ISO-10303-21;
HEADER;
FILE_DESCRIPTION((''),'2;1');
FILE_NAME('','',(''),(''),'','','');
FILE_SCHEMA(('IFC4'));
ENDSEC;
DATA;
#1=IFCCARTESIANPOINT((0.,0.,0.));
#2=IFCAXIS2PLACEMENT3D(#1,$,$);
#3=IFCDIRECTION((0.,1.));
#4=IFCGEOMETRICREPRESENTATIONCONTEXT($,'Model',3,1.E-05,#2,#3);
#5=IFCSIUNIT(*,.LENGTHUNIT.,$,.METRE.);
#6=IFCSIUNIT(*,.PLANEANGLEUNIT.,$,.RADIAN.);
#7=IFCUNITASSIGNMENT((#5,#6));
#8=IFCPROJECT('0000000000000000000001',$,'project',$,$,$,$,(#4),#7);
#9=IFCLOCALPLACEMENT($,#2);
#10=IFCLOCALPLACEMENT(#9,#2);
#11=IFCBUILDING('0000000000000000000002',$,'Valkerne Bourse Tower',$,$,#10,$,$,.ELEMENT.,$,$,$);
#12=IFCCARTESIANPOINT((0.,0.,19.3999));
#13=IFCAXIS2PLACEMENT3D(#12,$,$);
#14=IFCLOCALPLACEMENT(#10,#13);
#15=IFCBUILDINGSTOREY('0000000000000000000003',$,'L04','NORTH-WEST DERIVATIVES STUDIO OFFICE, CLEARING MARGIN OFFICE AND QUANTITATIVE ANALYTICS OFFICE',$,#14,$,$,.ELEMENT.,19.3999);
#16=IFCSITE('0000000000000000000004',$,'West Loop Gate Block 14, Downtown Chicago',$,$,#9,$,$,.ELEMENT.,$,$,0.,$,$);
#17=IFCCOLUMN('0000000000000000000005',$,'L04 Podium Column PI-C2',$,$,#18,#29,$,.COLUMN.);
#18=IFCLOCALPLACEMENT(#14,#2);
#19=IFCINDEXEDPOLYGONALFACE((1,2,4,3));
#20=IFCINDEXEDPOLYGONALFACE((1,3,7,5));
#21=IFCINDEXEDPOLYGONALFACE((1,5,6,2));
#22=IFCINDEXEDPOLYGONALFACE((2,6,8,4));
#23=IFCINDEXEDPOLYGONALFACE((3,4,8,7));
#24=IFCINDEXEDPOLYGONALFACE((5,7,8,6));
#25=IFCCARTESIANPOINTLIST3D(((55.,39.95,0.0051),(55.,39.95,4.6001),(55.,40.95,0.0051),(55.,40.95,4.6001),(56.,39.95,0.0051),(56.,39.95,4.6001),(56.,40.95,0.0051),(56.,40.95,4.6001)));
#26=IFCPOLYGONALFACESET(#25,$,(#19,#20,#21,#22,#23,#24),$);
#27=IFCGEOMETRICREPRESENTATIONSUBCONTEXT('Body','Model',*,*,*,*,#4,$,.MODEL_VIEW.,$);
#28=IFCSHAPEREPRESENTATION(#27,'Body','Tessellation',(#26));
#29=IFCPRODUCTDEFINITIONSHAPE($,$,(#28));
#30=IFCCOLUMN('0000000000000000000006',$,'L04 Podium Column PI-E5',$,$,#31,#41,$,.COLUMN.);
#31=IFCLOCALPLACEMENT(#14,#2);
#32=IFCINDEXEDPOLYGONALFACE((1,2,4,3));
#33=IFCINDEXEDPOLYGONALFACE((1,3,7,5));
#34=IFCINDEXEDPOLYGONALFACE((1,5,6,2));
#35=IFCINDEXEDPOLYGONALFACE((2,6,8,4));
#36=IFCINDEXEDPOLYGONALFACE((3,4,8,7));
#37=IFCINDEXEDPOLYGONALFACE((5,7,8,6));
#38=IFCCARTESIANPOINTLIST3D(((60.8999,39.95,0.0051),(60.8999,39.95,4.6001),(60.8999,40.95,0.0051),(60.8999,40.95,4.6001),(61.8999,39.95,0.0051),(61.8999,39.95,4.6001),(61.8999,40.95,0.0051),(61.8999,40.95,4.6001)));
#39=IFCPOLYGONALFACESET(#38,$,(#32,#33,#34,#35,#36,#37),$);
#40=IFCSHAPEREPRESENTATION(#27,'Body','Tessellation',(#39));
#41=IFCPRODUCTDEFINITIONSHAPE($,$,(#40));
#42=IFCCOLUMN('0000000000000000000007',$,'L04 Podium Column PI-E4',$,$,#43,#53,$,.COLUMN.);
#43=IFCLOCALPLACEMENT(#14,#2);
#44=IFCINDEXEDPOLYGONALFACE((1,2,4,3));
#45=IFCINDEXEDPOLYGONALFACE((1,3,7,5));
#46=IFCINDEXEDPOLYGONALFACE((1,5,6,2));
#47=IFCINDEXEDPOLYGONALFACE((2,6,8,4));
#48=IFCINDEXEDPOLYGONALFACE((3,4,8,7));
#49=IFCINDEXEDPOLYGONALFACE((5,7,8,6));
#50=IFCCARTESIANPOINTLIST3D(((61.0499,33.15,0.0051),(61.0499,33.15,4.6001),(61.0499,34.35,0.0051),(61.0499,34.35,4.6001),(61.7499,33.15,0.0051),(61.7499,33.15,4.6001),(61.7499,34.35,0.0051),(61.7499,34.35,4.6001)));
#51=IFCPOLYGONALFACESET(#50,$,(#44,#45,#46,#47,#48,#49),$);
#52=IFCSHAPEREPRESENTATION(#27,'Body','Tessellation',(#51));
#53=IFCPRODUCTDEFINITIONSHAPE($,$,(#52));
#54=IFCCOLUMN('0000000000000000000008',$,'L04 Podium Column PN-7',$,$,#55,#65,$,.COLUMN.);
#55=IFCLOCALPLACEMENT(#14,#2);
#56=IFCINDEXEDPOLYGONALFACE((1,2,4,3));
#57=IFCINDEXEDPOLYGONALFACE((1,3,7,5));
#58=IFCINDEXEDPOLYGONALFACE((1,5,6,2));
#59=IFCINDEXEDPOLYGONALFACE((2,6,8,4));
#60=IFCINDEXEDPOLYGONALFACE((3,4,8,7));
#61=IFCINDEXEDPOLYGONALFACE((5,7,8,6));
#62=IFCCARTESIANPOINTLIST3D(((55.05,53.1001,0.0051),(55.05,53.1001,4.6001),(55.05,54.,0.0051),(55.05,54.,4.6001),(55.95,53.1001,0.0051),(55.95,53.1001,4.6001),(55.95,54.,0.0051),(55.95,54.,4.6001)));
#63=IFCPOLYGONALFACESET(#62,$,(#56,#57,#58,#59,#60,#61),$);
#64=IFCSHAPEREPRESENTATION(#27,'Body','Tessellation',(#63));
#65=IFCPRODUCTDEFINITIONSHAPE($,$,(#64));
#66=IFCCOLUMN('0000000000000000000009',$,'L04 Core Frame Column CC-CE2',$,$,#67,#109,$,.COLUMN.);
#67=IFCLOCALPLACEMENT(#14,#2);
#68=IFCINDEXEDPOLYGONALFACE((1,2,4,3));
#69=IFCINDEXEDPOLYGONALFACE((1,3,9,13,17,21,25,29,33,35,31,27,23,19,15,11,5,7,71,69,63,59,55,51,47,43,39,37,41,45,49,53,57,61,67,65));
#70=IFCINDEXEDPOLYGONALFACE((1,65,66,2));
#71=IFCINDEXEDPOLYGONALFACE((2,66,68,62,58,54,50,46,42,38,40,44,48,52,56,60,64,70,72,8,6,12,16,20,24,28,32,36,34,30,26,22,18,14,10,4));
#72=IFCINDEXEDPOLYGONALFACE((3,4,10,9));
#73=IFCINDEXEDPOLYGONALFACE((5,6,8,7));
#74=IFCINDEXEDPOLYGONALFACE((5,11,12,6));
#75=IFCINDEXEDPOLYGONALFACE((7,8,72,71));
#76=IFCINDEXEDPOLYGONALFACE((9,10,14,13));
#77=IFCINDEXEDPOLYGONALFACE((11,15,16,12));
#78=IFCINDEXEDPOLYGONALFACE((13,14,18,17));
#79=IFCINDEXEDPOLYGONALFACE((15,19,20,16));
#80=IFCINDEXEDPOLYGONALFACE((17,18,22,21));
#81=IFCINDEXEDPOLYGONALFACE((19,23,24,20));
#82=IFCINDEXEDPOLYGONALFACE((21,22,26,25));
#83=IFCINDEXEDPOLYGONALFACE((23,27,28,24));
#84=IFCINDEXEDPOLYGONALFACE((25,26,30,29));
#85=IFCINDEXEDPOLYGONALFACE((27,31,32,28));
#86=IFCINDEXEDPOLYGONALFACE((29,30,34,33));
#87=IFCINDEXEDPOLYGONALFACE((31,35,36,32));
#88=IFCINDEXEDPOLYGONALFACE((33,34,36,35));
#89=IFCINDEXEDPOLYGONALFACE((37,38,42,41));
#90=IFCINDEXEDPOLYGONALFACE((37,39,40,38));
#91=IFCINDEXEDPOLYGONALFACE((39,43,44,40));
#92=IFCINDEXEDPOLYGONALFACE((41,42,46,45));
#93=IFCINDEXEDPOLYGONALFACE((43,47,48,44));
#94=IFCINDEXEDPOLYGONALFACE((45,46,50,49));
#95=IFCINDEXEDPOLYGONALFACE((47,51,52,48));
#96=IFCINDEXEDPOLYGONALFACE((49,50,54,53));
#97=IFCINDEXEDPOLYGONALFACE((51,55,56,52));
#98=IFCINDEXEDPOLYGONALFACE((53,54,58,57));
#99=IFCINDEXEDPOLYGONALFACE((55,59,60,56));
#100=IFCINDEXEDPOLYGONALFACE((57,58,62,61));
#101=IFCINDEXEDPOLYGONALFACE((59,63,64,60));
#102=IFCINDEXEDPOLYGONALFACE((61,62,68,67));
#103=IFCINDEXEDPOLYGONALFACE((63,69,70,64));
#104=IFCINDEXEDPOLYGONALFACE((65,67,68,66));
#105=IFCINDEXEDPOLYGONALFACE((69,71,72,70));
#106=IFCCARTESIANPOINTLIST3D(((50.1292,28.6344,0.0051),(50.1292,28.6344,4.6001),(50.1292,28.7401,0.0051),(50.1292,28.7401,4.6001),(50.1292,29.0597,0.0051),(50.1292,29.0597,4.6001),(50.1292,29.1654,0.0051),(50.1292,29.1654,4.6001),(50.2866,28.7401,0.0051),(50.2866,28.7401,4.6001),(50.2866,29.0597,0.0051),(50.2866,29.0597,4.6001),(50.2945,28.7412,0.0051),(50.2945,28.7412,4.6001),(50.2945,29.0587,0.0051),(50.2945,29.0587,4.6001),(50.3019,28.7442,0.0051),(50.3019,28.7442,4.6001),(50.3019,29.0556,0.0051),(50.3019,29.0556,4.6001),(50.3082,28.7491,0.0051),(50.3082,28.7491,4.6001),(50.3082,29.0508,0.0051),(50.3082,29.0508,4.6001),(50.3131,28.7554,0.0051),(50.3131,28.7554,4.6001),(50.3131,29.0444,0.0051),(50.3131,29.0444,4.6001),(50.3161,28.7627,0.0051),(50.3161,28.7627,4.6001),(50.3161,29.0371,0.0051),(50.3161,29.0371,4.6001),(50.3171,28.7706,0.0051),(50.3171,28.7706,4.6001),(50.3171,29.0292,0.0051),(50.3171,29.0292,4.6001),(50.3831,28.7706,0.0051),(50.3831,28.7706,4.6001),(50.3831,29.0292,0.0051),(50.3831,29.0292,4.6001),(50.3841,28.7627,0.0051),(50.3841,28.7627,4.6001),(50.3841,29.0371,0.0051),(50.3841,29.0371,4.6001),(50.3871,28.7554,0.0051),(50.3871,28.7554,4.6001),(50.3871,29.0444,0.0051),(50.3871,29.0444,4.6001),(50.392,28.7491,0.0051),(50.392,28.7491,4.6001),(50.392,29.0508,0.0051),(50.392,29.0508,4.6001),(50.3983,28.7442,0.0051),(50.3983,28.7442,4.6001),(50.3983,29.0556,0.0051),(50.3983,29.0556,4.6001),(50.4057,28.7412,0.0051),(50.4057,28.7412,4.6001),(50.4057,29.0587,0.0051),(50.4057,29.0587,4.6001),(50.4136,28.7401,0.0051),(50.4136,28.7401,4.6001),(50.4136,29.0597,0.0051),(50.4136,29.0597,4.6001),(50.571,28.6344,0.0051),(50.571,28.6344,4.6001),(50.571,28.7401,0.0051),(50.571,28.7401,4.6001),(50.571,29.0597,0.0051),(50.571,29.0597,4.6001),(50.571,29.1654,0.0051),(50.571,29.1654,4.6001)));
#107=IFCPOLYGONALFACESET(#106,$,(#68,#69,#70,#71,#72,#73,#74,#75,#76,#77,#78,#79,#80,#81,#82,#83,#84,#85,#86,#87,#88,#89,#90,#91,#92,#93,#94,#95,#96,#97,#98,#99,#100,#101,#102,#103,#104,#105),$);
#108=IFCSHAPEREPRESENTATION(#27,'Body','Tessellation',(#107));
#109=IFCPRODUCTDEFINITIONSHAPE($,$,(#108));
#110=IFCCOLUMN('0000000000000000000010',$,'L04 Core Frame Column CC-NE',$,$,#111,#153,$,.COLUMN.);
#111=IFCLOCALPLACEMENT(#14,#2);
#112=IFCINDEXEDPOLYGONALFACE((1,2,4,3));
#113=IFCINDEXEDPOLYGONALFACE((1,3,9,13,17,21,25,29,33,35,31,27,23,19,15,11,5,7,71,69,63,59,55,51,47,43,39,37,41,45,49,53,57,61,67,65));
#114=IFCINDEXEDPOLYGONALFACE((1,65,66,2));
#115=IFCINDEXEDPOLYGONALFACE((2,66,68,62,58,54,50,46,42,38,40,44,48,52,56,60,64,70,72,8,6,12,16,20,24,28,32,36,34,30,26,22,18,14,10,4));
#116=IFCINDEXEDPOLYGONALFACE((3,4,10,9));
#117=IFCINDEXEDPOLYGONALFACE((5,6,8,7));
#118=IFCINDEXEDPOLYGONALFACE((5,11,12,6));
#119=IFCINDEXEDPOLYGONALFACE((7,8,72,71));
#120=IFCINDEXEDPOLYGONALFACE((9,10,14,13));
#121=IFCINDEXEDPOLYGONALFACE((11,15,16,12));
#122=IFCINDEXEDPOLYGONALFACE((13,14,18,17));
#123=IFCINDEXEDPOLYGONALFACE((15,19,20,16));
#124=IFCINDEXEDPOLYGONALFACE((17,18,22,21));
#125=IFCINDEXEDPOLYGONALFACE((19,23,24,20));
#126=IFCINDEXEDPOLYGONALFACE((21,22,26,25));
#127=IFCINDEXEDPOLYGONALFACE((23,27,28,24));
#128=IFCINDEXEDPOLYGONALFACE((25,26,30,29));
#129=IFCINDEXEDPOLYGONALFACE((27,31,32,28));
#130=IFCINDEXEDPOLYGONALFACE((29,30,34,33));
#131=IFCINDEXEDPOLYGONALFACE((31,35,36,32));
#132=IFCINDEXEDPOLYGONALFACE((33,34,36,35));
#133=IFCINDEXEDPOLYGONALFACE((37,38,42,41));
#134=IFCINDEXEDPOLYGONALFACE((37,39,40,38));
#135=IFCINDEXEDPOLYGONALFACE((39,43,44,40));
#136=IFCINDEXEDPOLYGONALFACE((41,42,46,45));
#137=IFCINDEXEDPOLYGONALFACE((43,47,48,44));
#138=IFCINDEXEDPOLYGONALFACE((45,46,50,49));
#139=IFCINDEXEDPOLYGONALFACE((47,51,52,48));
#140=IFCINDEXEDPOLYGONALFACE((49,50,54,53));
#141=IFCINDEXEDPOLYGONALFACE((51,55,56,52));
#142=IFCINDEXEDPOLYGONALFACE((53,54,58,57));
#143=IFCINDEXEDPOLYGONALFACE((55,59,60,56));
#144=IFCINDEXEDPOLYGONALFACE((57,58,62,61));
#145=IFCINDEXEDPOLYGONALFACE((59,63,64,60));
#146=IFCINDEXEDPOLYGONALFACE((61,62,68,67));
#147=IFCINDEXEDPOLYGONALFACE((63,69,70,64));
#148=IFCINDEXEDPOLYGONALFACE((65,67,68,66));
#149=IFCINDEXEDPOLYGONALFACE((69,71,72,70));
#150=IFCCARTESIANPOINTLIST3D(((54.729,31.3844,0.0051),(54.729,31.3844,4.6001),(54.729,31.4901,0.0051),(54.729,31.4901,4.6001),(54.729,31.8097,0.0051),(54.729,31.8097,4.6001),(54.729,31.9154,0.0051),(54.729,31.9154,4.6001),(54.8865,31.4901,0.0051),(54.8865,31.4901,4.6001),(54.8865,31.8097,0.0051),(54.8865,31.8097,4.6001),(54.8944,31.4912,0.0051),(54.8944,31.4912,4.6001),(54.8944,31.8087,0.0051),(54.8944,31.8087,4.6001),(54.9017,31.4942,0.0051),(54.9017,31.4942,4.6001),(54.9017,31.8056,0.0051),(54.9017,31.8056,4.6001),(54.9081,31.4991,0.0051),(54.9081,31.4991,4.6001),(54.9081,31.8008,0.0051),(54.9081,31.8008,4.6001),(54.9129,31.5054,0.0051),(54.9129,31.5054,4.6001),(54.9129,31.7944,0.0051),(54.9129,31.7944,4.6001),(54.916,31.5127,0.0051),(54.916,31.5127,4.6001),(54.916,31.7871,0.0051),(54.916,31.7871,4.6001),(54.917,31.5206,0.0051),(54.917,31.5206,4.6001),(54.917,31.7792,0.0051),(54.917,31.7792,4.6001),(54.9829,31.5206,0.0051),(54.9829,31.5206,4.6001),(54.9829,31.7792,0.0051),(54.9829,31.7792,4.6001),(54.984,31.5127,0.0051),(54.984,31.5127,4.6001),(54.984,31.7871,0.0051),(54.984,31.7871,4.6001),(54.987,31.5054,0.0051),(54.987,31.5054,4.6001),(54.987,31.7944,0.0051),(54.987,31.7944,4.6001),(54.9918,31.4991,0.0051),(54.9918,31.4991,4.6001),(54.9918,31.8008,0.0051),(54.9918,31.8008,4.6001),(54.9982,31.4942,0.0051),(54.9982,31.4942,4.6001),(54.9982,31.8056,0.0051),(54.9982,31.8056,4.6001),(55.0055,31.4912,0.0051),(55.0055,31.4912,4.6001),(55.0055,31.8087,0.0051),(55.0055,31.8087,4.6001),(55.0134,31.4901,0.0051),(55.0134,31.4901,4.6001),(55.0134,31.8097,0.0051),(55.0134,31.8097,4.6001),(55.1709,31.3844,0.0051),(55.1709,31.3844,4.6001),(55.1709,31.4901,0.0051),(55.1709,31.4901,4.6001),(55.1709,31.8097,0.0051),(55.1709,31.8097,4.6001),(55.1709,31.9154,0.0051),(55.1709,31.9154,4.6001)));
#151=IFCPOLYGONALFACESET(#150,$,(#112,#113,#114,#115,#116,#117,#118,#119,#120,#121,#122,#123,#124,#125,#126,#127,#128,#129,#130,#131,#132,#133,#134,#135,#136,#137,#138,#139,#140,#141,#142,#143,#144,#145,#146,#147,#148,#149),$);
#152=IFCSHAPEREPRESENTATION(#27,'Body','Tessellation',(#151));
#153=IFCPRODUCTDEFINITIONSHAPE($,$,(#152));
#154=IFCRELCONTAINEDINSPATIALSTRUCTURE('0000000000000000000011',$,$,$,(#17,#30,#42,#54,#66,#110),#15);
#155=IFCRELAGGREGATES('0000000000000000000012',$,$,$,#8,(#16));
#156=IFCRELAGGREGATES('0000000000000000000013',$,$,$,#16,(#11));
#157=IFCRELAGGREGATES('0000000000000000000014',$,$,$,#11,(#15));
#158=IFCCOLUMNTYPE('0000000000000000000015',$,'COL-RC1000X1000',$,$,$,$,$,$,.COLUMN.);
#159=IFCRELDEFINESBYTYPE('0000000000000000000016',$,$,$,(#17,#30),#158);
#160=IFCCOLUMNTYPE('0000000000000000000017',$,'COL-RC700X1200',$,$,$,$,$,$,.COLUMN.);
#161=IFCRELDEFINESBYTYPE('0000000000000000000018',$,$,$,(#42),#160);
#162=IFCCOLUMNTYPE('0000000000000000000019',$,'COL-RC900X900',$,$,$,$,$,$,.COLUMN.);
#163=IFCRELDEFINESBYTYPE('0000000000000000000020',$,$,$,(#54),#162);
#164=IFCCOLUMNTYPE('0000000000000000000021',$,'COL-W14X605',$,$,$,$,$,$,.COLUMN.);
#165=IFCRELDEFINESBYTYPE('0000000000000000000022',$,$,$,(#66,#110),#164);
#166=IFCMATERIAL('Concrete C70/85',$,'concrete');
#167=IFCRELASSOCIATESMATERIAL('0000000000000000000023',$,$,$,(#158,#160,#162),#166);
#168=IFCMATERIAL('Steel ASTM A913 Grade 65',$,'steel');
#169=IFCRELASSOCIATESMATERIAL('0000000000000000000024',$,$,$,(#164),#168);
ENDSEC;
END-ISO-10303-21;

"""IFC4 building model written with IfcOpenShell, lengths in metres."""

from ifc_helpers import new_model, si_unit, direction, frame, origin, origin_2d, place, context, subcontext, project, spatial, rectangle, i_section, extrude, material, material_profile, profile_set, type_object, element, save


model = new_model("IFC4")

# Units and contexts
model_context = context("Model", 3, precision=1e-05, world=origin(), true_north=direction((0.0, 1.0)))
body_context = subcontext(model_context, "Body", "Model", "MODEL_VIEW")
ifc_project = project(units=[si_unit("LENGTHUNIT", "METRE"), si_unit("PLANEANGLEUNIT", "RADIAN")], contexts=[model_context])

# Site, building, storey
site_placement = place(None, origin())
site = spatial("IfcSite", under=ifc_project, at=site_placement, Name="West Loop Gate Block 14, Downtown Chicago", CompositionType="ELEMENT", RefElevation=0.0)
building_placement = place(site_placement, origin())
building = spatial("IfcBuilding", under=site, at=building_placement, Name="Valkerne Bourse Tower", CompositionType="ELEMENT")
storey_placement = place(building_placement, frame((0.0, 0.0, 19.3999)))
storey = spatial("IfcBuildingStorey", under=building, at=storey_placement, Name="L04", Description="NORTH-WEST DERIVATIVES STUDIO OFFICE, CLEARING MARGIN OFFICE AND QUANTITATIVE ANALYTICS OFFICE", CompositionType="ELEMENT", Elevation=19.3999)

# Columns
ifc_material_1 = material(Name="Concrete C70/85", Category="concrete")
ifc_material_profile_1 = material_profile(ifc_material_1, rectangle(XDim=1.0, YDim=1.0, at=origin_2d()), Name="RC1000X1000")
ifc_profile_set_1 = profile_set([ifc_material_profile_1], Name="Concrete C70/85")
column_type_1 = type_object("IfcColumnType", Name="COL-RC1000X1000", PredefinedType="COLUMN", material=ifc_profile_set_1)
for number, where, z_axis, x_axis, name in (
    (1, (55.5, 40.45, 0.0051), (0.0, 0.0, 1.0), (1.0, 0.0, 0.0), "L04 Podium Column PI-C2"),
    (2, (61.3999, 40.45, 0.0051), (0.0, 0.0, 1.0), (1.0, 0.0, 0.0), "L04 Podium Column PI-E5"),
):
    element("IfcColumn", number, at=place(storey_placement, frame(where, z_axis=z_axis, x_axis=x_axis)), inside=storey, type_object=column_type_1, Name=name, PredefinedType="COLUMN", context=body_context, shape_type="SweptSolid", body=[
        extrude(rectangle(XDim=1.0, YDim=1.0, at=origin_2d()), origin(), (0.0, 0.0, 1.0), 4.595),
    ])
ifc_material_profile_2 = material_profile(ifc_material_1, rectangle(XDim=0.7, YDim=1.2, at=origin_2d()), Name="RC700X1200")
ifc_profile_set_2 = profile_set([ifc_material_profile_2], Name="Concrete C70/85")
column_type_2 = type_object("IfcColumnType", Name="COL-RC700X1200", PredefinedType="COLUMN", material=ifc_profile_set_2)
column_1_placement = place(storey_placement, frame((61.3999, 33.75, 0.0051), z_axis=(0.0, 0.0, 1.0), x_axis=(1.0, 0.0, 0.0)))
element("IfcColumn", 3, at=column_1_placement, inside=storey, type_object=column_type_2, Name="L04 Podium Column PI-E4", PredefinedType="COLUMN", context=body_context, shape_type="SweptSolid", body=[
    extrude(rectangle(XDim=0.7, YDim=1.2, at=origin_2d()), origin(), (0.0, 0.0, 1.0), 4.595),
])
ifc_material_profile_3 = material_profile(ifc_material_1, rectangle(XDim=0.8999, YDim=0.8999, at=origin_2d()), Name="RC900X900")
ifc_profile_set_3 = profile_set([ifc_material_profile_3], Name="Concrete C70/85")
column_type_3 = type_object("IfcColumnType", Name="COL-RC900X900", PredefinedType="COLUMN", material=ifc_profile_set_3)
column_2_placement = place(storey_placement, frame((55.5, 53.55, 0.0051), z_axis=(0.0, 0.0, 1.0), x_axis=(1.0, 0.0, 0.0)))
element("IfcColumn", 4, at=column_2_placement, inside=storey, type_object=column_type_3, Name="L04 Podium Column PN-7", PredefinedType="COLUMN", context=body_context, shape_type="SweptSolid", body=[
    extrude(rectangle(XDim=0.8999, YDim=0.8999, at=origin_2d()), origin(), (0.0, 0.0, 1.0), 4.595),
])
ifc_material_2 = material(Name="Steel ASTM A913 Grade 65", Category="steel")
ifc_material_profile_4 = material_profile(ifc_material_2, i_section(OverallWidth=0.4419, OverallDepth=0.531, WebThickness=0.0659, FlangeThickness=0.1057, FilletRadius=0.0305, at=origin_2d()), Name="W14X605")
ifc_profile_set_4 = profile_set([ifc_material_profile_4], Name="Steel ASTM A913 Grade 65")
column_type_4 = type_object("IfcColumnType", Name="COL-W14X605", PredefinedType="COLUMN", material=ifc_profile_set_4)
for number, where, z_axis, x_axis, name in (
    (5, (50.3501, 28.8999, 0.0051), (0.0, 0.0, 1.0), (1.0, 0.0, 0.0), "L04 Core Frame Column CC-CE2"),
    (6, (54.95, 31.6499, 0.0051), (0.0, 0.0, 1.0), (1.0, 0.0, 0.0), "L04 Core Frame Column CC-NE"),
):
    element("IfcColumn", number, at=place(storey_placement, frame(where, z_axis=z_axis, x_axis=x_axis)), inside=storey, type_object=column_type_4, Name=name, PredefinedType="COLUMN", context=body_context, shape_type="SweptSolid", body=[
        extrude(i_section(OverallWidth=0.4419, OverallDepth=0.531, WebThickness=0.0659, FlangeThickness=0.1057, FilletRadius=0.0305, at=origin_2d()), origin(), (0.0, 0.0, 1.0), 4.595),
    ])

save(model, "model.ifc")
